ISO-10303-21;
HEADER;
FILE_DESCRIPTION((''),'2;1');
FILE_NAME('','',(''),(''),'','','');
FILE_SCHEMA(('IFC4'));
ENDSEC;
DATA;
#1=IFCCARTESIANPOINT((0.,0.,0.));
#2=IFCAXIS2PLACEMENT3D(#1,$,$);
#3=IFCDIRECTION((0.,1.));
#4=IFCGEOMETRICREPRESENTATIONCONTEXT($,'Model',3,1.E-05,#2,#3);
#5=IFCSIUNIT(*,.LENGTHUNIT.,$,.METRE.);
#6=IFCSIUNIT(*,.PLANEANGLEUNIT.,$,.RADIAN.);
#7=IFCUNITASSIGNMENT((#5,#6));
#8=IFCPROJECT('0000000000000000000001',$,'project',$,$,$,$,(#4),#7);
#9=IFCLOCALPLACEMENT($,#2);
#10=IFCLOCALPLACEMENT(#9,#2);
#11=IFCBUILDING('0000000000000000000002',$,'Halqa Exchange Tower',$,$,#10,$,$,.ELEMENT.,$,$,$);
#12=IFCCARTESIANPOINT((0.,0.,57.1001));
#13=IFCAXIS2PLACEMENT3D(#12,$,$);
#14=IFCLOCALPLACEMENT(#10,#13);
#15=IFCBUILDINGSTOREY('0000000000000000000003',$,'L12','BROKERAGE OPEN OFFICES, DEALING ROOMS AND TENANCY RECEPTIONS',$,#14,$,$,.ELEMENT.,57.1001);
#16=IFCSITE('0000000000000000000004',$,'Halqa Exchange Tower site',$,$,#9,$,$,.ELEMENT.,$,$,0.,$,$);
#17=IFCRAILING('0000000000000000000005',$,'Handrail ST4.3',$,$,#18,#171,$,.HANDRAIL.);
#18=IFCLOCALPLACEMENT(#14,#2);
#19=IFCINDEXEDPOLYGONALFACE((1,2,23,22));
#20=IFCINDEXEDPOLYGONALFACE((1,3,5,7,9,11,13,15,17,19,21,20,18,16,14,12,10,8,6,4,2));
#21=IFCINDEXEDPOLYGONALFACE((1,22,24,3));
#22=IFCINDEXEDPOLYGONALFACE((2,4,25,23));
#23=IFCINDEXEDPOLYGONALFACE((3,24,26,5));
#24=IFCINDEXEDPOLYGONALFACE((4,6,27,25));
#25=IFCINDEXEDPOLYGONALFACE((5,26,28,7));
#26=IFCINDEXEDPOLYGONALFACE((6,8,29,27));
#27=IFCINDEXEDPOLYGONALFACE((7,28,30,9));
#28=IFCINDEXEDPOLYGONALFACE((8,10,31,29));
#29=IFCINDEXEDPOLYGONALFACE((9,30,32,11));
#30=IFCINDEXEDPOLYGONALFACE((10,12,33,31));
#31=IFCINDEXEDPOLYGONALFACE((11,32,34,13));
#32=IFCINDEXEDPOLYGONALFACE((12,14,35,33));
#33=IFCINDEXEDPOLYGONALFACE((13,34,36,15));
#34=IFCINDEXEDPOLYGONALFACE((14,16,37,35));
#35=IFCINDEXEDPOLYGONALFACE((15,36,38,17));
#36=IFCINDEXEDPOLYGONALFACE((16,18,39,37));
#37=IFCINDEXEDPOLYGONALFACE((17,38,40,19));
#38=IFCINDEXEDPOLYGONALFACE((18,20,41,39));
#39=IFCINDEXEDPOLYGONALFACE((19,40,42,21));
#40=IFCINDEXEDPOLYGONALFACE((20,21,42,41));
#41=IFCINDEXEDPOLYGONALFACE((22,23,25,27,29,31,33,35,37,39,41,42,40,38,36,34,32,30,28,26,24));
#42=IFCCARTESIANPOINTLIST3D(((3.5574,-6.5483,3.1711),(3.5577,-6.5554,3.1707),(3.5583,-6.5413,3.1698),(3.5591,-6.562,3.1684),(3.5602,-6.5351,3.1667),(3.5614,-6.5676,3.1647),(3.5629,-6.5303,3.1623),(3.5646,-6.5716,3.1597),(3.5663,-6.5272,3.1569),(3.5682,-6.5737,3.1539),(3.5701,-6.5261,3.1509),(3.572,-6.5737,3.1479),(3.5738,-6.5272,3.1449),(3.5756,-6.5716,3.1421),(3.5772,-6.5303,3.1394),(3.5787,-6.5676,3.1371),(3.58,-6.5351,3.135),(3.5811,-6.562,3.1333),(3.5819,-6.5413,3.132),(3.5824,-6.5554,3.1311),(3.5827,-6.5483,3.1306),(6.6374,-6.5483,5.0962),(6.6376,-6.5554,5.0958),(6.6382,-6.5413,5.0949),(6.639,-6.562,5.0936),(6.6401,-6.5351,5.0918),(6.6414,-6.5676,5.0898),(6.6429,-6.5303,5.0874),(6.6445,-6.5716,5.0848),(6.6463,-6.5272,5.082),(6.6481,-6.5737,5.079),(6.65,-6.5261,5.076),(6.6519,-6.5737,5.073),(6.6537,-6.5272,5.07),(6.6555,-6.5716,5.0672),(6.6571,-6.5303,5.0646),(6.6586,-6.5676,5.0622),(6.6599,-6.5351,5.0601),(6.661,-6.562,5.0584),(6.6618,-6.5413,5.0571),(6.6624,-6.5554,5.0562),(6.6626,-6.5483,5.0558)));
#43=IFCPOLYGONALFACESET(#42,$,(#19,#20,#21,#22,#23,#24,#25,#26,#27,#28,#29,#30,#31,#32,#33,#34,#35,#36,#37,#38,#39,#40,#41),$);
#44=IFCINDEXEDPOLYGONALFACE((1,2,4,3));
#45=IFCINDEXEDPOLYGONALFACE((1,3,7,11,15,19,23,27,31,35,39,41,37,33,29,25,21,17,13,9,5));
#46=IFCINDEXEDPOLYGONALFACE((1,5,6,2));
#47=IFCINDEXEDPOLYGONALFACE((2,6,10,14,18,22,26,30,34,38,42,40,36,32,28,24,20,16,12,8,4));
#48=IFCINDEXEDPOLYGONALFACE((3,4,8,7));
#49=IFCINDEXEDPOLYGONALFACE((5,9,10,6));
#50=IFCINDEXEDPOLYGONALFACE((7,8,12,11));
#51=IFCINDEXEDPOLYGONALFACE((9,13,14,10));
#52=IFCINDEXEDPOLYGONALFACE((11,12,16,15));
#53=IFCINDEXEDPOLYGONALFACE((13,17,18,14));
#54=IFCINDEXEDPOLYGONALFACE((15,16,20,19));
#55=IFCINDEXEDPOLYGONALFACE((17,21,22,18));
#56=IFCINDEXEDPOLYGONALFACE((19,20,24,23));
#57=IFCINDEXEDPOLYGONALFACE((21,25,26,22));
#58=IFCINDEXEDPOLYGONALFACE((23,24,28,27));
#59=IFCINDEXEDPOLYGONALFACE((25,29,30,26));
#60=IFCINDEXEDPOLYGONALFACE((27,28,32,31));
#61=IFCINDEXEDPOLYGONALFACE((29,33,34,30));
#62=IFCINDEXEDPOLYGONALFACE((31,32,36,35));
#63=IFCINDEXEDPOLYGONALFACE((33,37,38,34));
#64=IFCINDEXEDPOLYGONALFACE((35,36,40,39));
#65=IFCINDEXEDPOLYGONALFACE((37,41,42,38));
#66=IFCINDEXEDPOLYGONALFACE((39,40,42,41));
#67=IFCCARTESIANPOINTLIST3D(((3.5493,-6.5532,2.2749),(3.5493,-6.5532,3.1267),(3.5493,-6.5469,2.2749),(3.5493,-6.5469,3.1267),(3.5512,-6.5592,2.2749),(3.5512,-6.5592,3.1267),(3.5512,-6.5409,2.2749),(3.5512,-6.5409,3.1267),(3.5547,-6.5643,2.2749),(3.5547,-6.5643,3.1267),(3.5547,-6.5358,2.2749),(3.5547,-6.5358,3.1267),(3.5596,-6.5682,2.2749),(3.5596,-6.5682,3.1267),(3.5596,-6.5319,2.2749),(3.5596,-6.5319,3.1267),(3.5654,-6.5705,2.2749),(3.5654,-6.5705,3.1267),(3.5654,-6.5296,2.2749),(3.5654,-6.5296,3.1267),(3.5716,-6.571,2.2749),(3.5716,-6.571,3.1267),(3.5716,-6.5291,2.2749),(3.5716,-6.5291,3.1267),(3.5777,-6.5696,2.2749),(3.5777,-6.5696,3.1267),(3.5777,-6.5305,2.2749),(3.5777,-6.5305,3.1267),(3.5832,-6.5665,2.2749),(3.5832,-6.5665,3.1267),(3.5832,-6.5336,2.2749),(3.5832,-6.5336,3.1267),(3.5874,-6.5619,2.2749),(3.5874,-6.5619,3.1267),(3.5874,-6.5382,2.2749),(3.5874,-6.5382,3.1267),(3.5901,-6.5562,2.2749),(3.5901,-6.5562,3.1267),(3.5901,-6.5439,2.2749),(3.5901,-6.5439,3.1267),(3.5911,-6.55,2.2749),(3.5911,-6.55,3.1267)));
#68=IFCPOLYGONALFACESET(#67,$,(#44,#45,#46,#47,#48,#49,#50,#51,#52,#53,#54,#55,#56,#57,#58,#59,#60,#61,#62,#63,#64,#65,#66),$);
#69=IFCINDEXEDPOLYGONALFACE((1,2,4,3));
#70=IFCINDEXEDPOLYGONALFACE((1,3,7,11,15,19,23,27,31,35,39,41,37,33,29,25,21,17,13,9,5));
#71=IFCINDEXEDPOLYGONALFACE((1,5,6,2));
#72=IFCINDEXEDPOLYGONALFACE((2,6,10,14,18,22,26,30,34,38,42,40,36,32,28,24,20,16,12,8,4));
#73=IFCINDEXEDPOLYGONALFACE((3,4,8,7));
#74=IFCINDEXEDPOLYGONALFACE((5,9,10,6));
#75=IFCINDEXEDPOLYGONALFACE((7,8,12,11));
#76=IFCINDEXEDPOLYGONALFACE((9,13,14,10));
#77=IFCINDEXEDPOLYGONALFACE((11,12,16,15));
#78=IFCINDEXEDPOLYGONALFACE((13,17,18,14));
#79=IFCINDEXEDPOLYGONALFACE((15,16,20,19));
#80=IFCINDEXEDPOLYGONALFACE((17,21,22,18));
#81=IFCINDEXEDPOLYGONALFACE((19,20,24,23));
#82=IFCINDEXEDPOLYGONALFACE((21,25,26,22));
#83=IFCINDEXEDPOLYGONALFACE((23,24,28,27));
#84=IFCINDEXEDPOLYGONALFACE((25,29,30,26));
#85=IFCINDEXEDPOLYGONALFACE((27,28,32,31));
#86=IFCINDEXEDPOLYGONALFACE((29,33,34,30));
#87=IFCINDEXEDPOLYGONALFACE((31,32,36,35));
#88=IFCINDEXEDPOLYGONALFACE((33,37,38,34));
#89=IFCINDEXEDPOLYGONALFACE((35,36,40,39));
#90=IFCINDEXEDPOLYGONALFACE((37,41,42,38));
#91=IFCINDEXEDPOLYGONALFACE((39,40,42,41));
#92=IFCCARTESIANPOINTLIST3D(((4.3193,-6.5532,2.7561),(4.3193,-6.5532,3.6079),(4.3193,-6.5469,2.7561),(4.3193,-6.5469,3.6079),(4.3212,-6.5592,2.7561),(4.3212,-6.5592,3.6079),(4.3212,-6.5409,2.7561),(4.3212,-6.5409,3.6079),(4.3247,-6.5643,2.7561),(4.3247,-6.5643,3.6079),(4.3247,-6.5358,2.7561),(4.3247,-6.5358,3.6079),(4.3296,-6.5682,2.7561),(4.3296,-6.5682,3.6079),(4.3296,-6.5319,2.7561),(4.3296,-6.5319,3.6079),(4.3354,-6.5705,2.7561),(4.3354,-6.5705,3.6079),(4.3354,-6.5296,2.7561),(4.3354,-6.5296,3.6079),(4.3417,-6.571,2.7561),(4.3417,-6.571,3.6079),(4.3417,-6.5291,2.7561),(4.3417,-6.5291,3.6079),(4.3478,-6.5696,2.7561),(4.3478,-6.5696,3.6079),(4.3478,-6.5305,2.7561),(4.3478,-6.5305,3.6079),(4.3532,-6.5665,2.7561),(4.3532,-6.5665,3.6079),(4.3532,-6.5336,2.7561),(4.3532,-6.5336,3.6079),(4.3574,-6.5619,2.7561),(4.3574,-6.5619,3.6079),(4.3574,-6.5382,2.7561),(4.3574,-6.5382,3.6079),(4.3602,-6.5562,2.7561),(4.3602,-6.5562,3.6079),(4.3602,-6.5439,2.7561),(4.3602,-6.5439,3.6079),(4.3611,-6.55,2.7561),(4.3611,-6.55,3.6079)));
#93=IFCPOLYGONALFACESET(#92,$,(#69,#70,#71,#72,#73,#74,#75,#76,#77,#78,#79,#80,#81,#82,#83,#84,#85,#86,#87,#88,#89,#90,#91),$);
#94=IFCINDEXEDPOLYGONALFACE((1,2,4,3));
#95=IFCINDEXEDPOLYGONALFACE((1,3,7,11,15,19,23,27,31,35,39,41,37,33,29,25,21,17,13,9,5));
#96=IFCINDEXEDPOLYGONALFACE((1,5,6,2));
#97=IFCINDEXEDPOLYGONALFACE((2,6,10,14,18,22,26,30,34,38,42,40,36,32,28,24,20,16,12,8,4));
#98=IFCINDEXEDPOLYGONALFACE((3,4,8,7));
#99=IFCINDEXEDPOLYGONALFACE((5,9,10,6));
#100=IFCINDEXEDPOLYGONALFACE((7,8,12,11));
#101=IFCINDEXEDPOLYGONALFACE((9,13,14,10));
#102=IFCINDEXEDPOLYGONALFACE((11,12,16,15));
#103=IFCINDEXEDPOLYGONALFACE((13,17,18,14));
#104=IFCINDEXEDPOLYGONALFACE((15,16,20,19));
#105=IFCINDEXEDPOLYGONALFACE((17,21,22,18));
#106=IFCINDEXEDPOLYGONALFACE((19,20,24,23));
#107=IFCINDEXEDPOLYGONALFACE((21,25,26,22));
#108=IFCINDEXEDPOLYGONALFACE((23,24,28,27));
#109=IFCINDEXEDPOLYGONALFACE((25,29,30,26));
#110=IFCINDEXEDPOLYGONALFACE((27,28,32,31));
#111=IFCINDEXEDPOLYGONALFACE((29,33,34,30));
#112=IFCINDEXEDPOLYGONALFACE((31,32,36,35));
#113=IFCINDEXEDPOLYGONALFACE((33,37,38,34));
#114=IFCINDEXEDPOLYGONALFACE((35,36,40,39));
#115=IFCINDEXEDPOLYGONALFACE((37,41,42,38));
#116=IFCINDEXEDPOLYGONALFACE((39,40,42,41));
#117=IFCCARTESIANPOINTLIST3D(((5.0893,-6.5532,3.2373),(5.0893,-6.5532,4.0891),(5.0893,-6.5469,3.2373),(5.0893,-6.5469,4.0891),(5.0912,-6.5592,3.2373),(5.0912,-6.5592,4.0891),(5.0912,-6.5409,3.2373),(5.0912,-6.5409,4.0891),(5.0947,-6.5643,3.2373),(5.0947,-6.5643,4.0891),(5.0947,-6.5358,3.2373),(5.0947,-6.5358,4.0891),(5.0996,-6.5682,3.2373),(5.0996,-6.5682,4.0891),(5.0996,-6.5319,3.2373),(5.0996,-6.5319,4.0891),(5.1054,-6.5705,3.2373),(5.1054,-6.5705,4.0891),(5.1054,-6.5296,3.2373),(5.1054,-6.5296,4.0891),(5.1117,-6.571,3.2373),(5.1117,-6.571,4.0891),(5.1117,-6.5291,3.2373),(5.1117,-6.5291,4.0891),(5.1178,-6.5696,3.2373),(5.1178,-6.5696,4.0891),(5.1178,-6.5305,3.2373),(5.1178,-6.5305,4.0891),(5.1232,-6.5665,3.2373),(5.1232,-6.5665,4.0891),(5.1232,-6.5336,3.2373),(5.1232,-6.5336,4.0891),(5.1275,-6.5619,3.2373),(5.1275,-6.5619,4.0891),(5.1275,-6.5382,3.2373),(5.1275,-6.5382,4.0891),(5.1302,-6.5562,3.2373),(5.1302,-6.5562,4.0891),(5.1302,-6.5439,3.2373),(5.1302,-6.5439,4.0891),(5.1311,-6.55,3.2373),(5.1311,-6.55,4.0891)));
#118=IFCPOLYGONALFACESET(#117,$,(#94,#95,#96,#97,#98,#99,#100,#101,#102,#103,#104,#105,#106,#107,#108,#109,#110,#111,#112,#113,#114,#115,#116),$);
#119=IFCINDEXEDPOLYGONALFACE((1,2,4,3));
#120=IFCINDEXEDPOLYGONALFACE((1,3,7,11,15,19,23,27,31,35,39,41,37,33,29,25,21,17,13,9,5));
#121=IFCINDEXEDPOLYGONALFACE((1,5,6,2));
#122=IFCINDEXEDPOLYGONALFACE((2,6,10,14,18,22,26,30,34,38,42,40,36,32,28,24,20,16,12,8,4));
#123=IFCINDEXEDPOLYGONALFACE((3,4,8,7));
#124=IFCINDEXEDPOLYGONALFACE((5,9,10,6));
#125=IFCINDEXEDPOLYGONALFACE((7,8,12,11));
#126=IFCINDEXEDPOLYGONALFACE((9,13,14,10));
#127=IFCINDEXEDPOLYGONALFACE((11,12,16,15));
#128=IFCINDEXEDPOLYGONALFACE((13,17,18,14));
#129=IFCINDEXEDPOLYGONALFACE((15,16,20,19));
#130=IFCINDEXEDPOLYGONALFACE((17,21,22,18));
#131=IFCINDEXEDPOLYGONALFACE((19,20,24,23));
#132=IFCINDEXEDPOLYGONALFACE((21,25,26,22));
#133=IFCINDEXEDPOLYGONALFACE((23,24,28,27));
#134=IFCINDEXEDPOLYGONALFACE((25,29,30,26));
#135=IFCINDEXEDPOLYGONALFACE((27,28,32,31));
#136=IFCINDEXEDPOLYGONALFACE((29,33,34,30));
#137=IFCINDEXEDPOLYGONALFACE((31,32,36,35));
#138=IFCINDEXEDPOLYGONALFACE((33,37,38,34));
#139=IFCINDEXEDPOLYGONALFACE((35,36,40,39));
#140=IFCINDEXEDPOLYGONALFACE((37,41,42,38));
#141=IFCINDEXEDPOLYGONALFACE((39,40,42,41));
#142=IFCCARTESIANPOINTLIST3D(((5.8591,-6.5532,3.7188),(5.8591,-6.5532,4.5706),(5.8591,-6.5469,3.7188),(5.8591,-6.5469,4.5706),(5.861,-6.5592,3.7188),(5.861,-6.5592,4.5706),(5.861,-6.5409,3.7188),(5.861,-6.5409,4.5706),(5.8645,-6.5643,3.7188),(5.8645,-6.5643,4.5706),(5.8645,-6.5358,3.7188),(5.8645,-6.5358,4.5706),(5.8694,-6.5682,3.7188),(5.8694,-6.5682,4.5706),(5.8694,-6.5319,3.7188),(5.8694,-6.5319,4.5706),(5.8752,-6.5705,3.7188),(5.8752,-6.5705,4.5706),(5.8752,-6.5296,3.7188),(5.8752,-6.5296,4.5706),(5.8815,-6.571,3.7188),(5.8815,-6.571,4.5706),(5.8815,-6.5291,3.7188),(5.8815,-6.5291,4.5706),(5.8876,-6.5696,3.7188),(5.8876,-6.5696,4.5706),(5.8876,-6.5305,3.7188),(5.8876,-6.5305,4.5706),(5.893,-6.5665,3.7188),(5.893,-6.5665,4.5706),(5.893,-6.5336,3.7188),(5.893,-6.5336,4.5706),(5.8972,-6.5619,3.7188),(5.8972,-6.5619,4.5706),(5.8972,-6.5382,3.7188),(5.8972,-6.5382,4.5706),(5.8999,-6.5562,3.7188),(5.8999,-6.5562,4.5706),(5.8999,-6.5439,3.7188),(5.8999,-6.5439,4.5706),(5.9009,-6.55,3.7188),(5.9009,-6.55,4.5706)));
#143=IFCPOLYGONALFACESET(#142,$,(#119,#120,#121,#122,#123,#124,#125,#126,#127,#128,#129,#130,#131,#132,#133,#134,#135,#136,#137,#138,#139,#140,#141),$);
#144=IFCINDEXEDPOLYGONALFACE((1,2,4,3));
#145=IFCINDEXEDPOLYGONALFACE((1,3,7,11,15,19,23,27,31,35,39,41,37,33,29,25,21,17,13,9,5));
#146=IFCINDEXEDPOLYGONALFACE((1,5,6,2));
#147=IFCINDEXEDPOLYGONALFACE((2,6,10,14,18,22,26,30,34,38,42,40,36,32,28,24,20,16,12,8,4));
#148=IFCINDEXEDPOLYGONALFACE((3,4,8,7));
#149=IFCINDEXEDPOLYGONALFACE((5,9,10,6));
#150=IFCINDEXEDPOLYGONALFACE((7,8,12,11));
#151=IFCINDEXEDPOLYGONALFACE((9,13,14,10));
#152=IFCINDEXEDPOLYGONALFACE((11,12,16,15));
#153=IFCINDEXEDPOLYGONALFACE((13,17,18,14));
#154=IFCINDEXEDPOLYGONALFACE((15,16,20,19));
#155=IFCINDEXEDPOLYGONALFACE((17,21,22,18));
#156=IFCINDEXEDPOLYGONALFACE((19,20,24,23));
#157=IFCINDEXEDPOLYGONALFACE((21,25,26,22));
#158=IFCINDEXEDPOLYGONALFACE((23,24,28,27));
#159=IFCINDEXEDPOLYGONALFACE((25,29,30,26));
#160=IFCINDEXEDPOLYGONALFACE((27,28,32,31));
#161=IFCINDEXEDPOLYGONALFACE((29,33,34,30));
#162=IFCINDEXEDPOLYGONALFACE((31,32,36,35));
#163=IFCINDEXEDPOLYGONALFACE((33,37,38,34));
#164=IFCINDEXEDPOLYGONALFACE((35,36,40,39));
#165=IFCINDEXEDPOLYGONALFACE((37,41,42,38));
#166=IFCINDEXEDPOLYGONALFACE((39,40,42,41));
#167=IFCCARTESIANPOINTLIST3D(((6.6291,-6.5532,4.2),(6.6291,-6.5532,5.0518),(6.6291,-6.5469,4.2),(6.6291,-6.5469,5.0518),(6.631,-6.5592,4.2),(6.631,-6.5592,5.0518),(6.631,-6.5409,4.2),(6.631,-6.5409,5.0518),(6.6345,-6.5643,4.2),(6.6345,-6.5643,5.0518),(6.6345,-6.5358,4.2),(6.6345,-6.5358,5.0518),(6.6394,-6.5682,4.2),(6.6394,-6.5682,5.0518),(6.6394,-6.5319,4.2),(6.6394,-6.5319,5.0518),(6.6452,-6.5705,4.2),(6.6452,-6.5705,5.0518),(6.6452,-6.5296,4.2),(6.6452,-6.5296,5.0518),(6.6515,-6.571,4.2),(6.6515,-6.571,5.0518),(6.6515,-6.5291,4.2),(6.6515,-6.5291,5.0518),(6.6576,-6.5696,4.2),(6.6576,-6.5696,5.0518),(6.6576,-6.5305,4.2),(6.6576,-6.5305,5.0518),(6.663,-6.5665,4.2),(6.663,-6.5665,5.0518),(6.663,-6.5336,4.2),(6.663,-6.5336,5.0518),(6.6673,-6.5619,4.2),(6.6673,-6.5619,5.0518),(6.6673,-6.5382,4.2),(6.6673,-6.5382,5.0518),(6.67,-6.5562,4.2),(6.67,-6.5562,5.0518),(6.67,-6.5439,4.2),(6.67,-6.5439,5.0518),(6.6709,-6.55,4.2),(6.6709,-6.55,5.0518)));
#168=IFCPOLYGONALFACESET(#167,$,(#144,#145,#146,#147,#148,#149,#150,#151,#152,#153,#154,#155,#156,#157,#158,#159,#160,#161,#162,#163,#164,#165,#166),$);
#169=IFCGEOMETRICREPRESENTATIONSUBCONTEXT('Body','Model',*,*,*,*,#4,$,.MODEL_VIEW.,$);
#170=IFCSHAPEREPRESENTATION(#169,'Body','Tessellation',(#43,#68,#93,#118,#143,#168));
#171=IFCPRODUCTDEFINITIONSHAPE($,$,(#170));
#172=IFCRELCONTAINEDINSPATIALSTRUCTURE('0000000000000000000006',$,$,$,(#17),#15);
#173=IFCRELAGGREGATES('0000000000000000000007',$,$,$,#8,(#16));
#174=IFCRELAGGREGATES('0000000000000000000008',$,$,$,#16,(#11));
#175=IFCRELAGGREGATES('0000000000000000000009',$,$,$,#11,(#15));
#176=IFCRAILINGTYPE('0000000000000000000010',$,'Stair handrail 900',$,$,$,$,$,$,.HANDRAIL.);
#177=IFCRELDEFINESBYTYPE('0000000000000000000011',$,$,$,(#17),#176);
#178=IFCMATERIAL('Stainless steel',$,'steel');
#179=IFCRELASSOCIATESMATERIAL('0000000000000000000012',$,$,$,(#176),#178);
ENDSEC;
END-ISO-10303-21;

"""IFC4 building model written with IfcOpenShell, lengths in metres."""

from ifc_helpers import new_model, si_unit, direction, frame, origin, origin_2d, place, context, subcontext, project, spatial, circle, extrude, material, type_object, element, save


model = new_model("IFC4")

# Units and contexts
model_context = context("Model", 3, precision=1e-05, world=origin(), true_north=direction((0.0, 1.0)))
body_context = subcontext(model_context, "Body", "Model", "MODEL_VIEW")
ifc_project = project(units=[si_unit("LENGTHUNIT", "METRE"), si_unit("PLANEANGLEUNIT", "RADIAN")], contexts=[model_context])

# Site, building, storey
site_placement = place(None, origin())
site = spatial("IfcSite", under=ifc_project, at=site_placement, Name="Halqa Exchange Tower site", CompositionType="ELEMENT", RefElevation=0.0)
building_placement = place(site_placement, origin())
building = spatial("IfcBuilding", under=site, at=building_placement, Name="Halqa Exchange Tower", CompositionType="ELEMENT")
storey_placement = place(building_placement, frame((0.0, 0.0, 57.1001)))
storey = spatial("IfcBuildingStorey", under=building, at=storey_placement, Name="L12", Description="BROKERAGE OPEN OFFICES, DEALING ROOMS AND TENANCY RECEPTIONS", CompositionType="ELEMENT", Elevation=57.1001)

# Railing
ifc_material_1 = material(Name="Stainless steel", Category="steel")
railing_type_1 = type_object("IfcRailingType", Name="Stair handrail 900", PredefinedType="HANDRAIL", material=ifc_material_1)
railing_1_placement = place(storey_placement, frame((3.5701, -6.55, 2.2749)))
element("IfcRailing", 1, at=railing_1_placement, inside=storey, type_object=railing_type_1, Name="Handrail ST4.3", PredefinedType="HANDRAIL", context=body_context, shape_type="SweptSolid", body=[
    extrude(circle(Radius=0.0239, at=origin_2d()), frame((0.0, 0.0, 0.876), z_axis=(0.847979, 0.0, 0.530029), x_axis=(0.0, 1.0, 0.0)), (0.0, 0.0, 1.0), 3.6321),
    extrude(circle(Radius=0.021, at=origin_2d()), origin(), (0.0, 0.0, 1.0), 0.8518),
    extrude(circle(Radius=0.021, at=origin_2d()), frame((0.77, 0.0, 0.4812)), (0.0, 0.0, 1.0), 0.8518),
    extrude(circle(Radius=0.021, at=origin_2d()), frame((1.54, 0.0, 0.9624)), (0.0, 0.0, 1.0), 0.8518),
    extrude(circle(Radius=0.021, at=origin_2d()), frame((2.3098, 0.0, 1.4438)), (0.0, 0.0, 1.0), 0.8518),
    extrude(circle(Radius=0.021, at=origin_2d()), frame((3.0798, 0.0, 1.925)), (0.0, 0.0, 1.0), 0.8518),
])

save(model, "model.ifc")
